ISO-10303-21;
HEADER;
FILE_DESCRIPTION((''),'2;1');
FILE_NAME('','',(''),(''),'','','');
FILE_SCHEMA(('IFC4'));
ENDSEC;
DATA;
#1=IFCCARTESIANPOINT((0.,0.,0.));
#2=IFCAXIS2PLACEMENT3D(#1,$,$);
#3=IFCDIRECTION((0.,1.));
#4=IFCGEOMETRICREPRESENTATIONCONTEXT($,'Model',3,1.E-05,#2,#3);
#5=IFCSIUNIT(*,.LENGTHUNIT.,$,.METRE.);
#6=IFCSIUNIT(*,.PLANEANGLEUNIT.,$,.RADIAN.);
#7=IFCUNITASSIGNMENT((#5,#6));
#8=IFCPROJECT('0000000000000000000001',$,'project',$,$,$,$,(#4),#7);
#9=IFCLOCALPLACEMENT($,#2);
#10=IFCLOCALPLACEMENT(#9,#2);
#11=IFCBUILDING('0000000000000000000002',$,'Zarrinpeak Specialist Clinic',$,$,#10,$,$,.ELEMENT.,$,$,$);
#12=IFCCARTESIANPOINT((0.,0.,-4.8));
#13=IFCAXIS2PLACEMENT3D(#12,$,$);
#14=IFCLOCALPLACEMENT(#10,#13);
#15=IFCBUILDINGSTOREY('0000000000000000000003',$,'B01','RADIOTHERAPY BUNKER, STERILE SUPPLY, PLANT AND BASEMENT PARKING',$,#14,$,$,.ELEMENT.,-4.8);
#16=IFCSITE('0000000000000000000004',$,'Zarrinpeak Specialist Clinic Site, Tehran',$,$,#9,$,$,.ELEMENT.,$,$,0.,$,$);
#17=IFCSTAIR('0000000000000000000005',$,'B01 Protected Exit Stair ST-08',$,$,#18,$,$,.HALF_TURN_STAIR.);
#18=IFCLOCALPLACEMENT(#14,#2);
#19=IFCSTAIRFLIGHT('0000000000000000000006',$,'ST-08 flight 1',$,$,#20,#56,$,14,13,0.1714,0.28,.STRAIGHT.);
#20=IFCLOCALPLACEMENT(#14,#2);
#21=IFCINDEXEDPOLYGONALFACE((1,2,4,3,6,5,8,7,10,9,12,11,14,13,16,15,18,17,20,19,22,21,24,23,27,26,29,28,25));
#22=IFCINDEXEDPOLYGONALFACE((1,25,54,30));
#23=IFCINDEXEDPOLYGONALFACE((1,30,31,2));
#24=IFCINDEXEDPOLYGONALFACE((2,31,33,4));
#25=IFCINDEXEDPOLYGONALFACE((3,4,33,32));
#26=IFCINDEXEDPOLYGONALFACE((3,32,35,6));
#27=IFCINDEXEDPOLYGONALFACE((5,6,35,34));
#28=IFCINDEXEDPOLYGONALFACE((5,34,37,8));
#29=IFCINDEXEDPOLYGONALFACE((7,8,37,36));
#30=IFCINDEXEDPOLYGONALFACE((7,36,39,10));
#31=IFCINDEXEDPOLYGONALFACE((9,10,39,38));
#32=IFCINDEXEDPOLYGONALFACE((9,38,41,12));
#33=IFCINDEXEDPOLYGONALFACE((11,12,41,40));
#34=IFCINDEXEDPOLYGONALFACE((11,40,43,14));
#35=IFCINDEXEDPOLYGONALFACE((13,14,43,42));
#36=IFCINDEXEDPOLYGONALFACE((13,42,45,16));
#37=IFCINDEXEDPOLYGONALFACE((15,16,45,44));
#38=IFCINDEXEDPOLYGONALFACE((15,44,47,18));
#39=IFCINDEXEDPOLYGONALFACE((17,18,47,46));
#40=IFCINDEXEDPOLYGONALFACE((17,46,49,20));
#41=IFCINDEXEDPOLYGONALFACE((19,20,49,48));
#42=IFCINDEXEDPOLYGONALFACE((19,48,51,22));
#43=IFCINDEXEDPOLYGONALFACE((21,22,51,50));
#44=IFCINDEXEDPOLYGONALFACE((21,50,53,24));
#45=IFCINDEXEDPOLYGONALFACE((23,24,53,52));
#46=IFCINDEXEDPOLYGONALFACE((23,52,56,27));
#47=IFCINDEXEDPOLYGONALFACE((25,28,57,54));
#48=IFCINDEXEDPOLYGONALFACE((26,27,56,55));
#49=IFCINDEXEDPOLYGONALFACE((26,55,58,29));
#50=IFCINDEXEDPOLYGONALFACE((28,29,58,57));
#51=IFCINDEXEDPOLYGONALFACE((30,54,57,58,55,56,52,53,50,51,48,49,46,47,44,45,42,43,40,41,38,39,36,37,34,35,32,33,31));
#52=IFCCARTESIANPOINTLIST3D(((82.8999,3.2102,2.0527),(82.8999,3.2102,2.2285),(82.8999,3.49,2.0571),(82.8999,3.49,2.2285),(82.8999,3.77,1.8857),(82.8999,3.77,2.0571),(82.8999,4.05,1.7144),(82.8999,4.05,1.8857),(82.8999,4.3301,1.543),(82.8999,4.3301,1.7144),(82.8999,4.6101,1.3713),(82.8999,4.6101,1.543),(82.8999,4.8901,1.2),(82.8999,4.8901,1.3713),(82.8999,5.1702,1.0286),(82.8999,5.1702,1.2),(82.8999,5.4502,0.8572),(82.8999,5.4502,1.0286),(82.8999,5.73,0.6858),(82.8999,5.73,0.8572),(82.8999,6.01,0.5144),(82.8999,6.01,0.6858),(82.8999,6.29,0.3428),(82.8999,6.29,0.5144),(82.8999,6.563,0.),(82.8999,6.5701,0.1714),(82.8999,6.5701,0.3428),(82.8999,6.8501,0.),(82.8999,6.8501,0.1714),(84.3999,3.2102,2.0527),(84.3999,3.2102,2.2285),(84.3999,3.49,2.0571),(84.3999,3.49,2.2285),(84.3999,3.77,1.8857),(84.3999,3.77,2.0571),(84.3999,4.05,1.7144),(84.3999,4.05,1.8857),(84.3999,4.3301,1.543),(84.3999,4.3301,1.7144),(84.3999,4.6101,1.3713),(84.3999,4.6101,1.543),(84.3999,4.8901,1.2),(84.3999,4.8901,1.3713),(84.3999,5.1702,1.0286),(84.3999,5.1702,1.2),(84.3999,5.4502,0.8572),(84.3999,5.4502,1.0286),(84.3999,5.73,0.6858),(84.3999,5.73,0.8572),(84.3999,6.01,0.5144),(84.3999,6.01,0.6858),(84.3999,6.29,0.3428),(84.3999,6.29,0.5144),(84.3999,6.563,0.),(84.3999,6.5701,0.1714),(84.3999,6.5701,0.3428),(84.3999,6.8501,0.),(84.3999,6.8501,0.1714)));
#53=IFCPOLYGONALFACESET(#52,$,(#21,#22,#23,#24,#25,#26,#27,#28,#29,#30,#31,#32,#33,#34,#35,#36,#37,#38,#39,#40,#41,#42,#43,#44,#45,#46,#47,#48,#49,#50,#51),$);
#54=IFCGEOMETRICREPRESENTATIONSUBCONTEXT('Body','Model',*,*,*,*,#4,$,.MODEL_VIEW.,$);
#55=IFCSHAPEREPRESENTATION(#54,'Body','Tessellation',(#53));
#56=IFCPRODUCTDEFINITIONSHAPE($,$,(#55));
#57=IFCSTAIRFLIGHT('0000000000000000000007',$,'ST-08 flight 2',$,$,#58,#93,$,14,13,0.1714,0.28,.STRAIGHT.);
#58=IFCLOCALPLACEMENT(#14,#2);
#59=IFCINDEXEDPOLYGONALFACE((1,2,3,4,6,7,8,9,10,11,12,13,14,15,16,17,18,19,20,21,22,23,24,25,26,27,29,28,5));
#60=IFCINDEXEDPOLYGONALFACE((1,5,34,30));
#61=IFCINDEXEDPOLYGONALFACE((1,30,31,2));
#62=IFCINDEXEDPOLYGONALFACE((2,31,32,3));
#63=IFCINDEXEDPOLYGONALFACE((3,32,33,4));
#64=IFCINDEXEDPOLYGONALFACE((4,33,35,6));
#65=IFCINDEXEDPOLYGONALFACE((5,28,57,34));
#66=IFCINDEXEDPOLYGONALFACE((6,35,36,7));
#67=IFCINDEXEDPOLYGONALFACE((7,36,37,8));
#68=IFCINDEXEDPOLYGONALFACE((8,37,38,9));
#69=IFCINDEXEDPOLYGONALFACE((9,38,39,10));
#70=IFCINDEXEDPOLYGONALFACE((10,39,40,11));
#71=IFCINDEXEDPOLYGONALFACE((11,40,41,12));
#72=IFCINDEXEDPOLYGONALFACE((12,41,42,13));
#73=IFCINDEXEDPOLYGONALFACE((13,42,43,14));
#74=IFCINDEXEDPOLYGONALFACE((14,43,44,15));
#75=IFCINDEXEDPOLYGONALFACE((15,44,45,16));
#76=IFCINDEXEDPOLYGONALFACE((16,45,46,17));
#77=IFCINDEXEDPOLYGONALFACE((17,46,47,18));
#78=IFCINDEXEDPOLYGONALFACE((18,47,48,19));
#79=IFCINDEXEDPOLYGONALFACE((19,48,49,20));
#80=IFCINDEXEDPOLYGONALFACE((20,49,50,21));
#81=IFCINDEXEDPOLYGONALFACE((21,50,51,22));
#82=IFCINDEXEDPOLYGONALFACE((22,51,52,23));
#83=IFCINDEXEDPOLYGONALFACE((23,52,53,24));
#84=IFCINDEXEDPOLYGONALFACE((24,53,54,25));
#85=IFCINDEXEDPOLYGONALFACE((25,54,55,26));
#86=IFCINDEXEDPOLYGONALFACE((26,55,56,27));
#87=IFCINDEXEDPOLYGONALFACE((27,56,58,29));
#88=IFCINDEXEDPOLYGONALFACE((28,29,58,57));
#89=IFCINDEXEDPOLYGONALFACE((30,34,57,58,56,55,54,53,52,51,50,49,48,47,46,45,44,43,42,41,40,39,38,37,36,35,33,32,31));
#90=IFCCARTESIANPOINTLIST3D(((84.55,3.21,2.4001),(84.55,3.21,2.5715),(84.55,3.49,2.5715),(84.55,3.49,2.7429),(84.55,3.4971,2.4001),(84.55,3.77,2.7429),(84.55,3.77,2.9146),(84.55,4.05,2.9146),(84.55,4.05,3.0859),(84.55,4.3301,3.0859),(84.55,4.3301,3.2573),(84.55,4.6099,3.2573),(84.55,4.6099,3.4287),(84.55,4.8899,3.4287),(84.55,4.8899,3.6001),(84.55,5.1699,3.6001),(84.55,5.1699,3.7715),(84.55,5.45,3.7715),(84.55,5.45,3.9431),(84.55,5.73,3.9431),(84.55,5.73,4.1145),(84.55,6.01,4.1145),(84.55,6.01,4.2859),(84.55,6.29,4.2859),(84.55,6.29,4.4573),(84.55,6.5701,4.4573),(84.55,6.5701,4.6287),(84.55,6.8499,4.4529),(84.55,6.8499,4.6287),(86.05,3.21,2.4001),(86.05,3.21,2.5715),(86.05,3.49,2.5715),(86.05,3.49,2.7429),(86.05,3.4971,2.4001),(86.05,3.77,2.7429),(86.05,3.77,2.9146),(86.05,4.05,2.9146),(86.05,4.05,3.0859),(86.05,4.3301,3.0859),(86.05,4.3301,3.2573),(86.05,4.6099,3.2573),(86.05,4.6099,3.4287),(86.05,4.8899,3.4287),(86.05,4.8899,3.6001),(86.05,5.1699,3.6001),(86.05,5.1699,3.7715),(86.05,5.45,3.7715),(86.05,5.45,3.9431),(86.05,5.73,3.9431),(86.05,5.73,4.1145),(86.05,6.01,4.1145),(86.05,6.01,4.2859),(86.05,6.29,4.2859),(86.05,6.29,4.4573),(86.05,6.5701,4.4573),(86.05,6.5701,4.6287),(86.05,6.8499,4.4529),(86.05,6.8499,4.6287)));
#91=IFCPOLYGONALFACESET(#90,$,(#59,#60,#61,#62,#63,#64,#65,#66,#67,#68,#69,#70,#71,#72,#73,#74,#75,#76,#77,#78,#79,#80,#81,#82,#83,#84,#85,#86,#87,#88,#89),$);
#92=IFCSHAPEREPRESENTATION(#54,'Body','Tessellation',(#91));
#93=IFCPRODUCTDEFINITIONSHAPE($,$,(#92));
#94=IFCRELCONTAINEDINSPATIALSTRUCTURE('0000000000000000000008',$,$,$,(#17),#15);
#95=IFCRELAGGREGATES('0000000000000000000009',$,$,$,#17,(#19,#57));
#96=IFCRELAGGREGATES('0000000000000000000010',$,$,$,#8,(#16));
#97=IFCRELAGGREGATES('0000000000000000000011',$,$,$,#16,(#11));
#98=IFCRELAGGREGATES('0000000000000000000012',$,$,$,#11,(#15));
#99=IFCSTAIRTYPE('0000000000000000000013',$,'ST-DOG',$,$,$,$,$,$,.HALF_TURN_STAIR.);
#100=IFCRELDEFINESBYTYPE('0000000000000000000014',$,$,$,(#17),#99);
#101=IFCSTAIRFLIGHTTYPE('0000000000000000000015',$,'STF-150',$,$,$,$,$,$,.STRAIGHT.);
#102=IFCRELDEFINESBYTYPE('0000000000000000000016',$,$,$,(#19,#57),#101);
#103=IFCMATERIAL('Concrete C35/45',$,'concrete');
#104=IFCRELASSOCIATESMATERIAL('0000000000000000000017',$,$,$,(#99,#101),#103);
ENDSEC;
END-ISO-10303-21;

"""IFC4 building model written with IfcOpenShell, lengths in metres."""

from ifc_helpers import new_model, si_unit, direction, frame, origin, place, context, subcontext, project, spatial, polyline, outline, extrude, material, type_object, element, aggregate, save


model = new_model("IFC4")

# Units and contexts
model_context = context("Model", 3, precision=1e-05, world=origin(), true_north=direction((0.0, 1.0)))
body_context = subcontext(model_context, "Body", "Model", "MODEL_VIEW")
ifc_project = project(units=[si_unit("LENGTHUNIT", "METRE"), si_unit("PLANEANGLEUNIT", "RADIAN")], contexts=[model_context])

# Site, building, storey
site_placement = place(None, origin())
site = spatial("IfcSite", under=ifc_project, at=site_placement, Name="Zarrinpeak Specialist Clinic Site, Tehran", CompositionType="ELEMENT", RefElevation=0.0)
building_placement = place(site_placement, origin())
building = spatial("IfcBuilding", under=site, at=building_placement, Name="Zarrinpeak Specialist Clinic", CompositionType="ELEMENT")
storey_placement = place(building_placement, frame((0.0, 0.0, -4.8)))
storey = spatial("IfcBuildingStorey", under=building, at=storey_placement, Name="B01", Description="RADIOTHERAPY BUNKER, STERILE SUPPLY, PLANT AND BASEMENT PARKING", CompositionType="ELEMENT", Elevation=-4.8)

# Stair, stair flights
ifc_material_1 = material(Name="Concrete C35/45", Category="concrete")
stair_type = type_object("IfcStairType", Name="ST-DOG", PredefinedType="HALF_TURN_STAIR", material=ifc_material_1)
stair_placement = place(storey_placement, origin())
stair = element("IfcStair", 1, at=stair_placement, inside=storey, type_object=stair_type, Name="B01 Protected Exit Stair ST-08", PredefinedType="HALF_TURN_STAIR")
stair_flight_type = type_object("IfcStairFlightType", Name="STF-150", PredefinedType="STRAIGHT", material=ifc_material_1)
stair_flight_1_placement = place(storey_placement, frame((83.6499, 6.8501, 0.0), z_axis=(0.0, 0.0, 1.0), x_axis=(0.0, -1.0, 0.0)))
stair_flight_1 = element("IfcStairFlight", 2, at=stair_flight_1_placement, type_object=stair_flight_type, Name="ST-08 flight 1", NumberOfRisers=14, NumberOfTreads=13, PredefinedType="STRAIGHT", RiserHeight=0.1714, TreadLength=0.28, context=body_context, shape_type="SweptSolid", body=[
    extrude(outline(polyline([(0.0, 0.0), (0.0, 0.1714), (0.28, 0.1714), (0.28, 0.3428), (0.5601, 0.3428), (0.5601, 0.5144), (0.8401, 0.5144), (0.8401, 0.6858), (1.1201, 0.6858), (1.1201, 0.8572), (1.3999, 0.8572), (1.3999, 1.0286), (1.6799, 1.0286), (1.6799, 1.2), (1.96, 1.2), (1.96, 1.3713), (2.24, 1.3713), (2.24, 1.543), (2.52, 1.543), (2.52, 1.7144), (2.8, 1.7144), (2.8, 1.8857), (3.0801, 1.8857), (3.0801, 2.0571), (3.3601, 2.0571), (3.3601, 2.2285), (3.6399, 2.2285), (3.6399, 2.3999), (3.6399, 2.0527), (0.2871, 0.0), (0.0, 0.0)])), frame((0.0, 0.75, 0.0), z_axis=(0.0, -1.0, 0.0), x_axis=(1.0, 0.0, 0.0)), (0.0, 0.0, 1.0), 1.5),
])
stair_flight_2_placement = place(storey_placement, frame((85.3, 3.21, 2.4001), z_axis=(0.0, 0.0, 1.0), x_axis=(0.0, 1.0, 0.0)))
stair_flight_2 = element("IfcStairFlight", 3, at=stair_flight_2_placement, type_object=stair_flight_type, Name="ST-08 flight 2", NumberOfRisers=14, NumberOfTreads=13, PredefinedType="STRAIGHT", RiserHeight=0.1714, TreadLength=0.28, context=body_context, shape_type="SweptSolid", body=[
    extrude(outline(polyline([(0.0, 0.0), (0.0, 0.1714), (0.28, 0.1714), (0.28, 0.3428), (0.5601, 0.3428), (0.5601, 0.5144), (0.8401, 0.5144), (0.8401, 0.6858), (1.1201, 0.6858), (1.1201, 0.8572), (1.3999, 0.8572), (1.3999, 1.0286), (1.6799, 1.0286), (1.6799, 1.2), (1.96, 1.2), (1.96, 1.3713), (2.24, 1.3713), (2.24, 1.543), (2.52, 1.543), (2.52, 1.7144), (2.8, 1.7144), (2.8, 1.8857), (3.0801, 1.8857), (3.0801, 2.0571), (3.3601, 2.0571), (3.3601, 2.2285), (3.6399, 2.2285), (3.6399, 2.3999), (3.6399, 2.0527), (0.2871, 0.0), (0.0, 0.0)])), frame((0.0, 0.75, 0.0), z_axis=(0.0, -1.0, 0.0), x_axis=(1.0, 0.0, 0.0)), (0.0, 0.0, 1.0), 1.5),
])
aggregate(stair, [stair_flight_1, stair_flight_2])

save(model, "model.ifc")
